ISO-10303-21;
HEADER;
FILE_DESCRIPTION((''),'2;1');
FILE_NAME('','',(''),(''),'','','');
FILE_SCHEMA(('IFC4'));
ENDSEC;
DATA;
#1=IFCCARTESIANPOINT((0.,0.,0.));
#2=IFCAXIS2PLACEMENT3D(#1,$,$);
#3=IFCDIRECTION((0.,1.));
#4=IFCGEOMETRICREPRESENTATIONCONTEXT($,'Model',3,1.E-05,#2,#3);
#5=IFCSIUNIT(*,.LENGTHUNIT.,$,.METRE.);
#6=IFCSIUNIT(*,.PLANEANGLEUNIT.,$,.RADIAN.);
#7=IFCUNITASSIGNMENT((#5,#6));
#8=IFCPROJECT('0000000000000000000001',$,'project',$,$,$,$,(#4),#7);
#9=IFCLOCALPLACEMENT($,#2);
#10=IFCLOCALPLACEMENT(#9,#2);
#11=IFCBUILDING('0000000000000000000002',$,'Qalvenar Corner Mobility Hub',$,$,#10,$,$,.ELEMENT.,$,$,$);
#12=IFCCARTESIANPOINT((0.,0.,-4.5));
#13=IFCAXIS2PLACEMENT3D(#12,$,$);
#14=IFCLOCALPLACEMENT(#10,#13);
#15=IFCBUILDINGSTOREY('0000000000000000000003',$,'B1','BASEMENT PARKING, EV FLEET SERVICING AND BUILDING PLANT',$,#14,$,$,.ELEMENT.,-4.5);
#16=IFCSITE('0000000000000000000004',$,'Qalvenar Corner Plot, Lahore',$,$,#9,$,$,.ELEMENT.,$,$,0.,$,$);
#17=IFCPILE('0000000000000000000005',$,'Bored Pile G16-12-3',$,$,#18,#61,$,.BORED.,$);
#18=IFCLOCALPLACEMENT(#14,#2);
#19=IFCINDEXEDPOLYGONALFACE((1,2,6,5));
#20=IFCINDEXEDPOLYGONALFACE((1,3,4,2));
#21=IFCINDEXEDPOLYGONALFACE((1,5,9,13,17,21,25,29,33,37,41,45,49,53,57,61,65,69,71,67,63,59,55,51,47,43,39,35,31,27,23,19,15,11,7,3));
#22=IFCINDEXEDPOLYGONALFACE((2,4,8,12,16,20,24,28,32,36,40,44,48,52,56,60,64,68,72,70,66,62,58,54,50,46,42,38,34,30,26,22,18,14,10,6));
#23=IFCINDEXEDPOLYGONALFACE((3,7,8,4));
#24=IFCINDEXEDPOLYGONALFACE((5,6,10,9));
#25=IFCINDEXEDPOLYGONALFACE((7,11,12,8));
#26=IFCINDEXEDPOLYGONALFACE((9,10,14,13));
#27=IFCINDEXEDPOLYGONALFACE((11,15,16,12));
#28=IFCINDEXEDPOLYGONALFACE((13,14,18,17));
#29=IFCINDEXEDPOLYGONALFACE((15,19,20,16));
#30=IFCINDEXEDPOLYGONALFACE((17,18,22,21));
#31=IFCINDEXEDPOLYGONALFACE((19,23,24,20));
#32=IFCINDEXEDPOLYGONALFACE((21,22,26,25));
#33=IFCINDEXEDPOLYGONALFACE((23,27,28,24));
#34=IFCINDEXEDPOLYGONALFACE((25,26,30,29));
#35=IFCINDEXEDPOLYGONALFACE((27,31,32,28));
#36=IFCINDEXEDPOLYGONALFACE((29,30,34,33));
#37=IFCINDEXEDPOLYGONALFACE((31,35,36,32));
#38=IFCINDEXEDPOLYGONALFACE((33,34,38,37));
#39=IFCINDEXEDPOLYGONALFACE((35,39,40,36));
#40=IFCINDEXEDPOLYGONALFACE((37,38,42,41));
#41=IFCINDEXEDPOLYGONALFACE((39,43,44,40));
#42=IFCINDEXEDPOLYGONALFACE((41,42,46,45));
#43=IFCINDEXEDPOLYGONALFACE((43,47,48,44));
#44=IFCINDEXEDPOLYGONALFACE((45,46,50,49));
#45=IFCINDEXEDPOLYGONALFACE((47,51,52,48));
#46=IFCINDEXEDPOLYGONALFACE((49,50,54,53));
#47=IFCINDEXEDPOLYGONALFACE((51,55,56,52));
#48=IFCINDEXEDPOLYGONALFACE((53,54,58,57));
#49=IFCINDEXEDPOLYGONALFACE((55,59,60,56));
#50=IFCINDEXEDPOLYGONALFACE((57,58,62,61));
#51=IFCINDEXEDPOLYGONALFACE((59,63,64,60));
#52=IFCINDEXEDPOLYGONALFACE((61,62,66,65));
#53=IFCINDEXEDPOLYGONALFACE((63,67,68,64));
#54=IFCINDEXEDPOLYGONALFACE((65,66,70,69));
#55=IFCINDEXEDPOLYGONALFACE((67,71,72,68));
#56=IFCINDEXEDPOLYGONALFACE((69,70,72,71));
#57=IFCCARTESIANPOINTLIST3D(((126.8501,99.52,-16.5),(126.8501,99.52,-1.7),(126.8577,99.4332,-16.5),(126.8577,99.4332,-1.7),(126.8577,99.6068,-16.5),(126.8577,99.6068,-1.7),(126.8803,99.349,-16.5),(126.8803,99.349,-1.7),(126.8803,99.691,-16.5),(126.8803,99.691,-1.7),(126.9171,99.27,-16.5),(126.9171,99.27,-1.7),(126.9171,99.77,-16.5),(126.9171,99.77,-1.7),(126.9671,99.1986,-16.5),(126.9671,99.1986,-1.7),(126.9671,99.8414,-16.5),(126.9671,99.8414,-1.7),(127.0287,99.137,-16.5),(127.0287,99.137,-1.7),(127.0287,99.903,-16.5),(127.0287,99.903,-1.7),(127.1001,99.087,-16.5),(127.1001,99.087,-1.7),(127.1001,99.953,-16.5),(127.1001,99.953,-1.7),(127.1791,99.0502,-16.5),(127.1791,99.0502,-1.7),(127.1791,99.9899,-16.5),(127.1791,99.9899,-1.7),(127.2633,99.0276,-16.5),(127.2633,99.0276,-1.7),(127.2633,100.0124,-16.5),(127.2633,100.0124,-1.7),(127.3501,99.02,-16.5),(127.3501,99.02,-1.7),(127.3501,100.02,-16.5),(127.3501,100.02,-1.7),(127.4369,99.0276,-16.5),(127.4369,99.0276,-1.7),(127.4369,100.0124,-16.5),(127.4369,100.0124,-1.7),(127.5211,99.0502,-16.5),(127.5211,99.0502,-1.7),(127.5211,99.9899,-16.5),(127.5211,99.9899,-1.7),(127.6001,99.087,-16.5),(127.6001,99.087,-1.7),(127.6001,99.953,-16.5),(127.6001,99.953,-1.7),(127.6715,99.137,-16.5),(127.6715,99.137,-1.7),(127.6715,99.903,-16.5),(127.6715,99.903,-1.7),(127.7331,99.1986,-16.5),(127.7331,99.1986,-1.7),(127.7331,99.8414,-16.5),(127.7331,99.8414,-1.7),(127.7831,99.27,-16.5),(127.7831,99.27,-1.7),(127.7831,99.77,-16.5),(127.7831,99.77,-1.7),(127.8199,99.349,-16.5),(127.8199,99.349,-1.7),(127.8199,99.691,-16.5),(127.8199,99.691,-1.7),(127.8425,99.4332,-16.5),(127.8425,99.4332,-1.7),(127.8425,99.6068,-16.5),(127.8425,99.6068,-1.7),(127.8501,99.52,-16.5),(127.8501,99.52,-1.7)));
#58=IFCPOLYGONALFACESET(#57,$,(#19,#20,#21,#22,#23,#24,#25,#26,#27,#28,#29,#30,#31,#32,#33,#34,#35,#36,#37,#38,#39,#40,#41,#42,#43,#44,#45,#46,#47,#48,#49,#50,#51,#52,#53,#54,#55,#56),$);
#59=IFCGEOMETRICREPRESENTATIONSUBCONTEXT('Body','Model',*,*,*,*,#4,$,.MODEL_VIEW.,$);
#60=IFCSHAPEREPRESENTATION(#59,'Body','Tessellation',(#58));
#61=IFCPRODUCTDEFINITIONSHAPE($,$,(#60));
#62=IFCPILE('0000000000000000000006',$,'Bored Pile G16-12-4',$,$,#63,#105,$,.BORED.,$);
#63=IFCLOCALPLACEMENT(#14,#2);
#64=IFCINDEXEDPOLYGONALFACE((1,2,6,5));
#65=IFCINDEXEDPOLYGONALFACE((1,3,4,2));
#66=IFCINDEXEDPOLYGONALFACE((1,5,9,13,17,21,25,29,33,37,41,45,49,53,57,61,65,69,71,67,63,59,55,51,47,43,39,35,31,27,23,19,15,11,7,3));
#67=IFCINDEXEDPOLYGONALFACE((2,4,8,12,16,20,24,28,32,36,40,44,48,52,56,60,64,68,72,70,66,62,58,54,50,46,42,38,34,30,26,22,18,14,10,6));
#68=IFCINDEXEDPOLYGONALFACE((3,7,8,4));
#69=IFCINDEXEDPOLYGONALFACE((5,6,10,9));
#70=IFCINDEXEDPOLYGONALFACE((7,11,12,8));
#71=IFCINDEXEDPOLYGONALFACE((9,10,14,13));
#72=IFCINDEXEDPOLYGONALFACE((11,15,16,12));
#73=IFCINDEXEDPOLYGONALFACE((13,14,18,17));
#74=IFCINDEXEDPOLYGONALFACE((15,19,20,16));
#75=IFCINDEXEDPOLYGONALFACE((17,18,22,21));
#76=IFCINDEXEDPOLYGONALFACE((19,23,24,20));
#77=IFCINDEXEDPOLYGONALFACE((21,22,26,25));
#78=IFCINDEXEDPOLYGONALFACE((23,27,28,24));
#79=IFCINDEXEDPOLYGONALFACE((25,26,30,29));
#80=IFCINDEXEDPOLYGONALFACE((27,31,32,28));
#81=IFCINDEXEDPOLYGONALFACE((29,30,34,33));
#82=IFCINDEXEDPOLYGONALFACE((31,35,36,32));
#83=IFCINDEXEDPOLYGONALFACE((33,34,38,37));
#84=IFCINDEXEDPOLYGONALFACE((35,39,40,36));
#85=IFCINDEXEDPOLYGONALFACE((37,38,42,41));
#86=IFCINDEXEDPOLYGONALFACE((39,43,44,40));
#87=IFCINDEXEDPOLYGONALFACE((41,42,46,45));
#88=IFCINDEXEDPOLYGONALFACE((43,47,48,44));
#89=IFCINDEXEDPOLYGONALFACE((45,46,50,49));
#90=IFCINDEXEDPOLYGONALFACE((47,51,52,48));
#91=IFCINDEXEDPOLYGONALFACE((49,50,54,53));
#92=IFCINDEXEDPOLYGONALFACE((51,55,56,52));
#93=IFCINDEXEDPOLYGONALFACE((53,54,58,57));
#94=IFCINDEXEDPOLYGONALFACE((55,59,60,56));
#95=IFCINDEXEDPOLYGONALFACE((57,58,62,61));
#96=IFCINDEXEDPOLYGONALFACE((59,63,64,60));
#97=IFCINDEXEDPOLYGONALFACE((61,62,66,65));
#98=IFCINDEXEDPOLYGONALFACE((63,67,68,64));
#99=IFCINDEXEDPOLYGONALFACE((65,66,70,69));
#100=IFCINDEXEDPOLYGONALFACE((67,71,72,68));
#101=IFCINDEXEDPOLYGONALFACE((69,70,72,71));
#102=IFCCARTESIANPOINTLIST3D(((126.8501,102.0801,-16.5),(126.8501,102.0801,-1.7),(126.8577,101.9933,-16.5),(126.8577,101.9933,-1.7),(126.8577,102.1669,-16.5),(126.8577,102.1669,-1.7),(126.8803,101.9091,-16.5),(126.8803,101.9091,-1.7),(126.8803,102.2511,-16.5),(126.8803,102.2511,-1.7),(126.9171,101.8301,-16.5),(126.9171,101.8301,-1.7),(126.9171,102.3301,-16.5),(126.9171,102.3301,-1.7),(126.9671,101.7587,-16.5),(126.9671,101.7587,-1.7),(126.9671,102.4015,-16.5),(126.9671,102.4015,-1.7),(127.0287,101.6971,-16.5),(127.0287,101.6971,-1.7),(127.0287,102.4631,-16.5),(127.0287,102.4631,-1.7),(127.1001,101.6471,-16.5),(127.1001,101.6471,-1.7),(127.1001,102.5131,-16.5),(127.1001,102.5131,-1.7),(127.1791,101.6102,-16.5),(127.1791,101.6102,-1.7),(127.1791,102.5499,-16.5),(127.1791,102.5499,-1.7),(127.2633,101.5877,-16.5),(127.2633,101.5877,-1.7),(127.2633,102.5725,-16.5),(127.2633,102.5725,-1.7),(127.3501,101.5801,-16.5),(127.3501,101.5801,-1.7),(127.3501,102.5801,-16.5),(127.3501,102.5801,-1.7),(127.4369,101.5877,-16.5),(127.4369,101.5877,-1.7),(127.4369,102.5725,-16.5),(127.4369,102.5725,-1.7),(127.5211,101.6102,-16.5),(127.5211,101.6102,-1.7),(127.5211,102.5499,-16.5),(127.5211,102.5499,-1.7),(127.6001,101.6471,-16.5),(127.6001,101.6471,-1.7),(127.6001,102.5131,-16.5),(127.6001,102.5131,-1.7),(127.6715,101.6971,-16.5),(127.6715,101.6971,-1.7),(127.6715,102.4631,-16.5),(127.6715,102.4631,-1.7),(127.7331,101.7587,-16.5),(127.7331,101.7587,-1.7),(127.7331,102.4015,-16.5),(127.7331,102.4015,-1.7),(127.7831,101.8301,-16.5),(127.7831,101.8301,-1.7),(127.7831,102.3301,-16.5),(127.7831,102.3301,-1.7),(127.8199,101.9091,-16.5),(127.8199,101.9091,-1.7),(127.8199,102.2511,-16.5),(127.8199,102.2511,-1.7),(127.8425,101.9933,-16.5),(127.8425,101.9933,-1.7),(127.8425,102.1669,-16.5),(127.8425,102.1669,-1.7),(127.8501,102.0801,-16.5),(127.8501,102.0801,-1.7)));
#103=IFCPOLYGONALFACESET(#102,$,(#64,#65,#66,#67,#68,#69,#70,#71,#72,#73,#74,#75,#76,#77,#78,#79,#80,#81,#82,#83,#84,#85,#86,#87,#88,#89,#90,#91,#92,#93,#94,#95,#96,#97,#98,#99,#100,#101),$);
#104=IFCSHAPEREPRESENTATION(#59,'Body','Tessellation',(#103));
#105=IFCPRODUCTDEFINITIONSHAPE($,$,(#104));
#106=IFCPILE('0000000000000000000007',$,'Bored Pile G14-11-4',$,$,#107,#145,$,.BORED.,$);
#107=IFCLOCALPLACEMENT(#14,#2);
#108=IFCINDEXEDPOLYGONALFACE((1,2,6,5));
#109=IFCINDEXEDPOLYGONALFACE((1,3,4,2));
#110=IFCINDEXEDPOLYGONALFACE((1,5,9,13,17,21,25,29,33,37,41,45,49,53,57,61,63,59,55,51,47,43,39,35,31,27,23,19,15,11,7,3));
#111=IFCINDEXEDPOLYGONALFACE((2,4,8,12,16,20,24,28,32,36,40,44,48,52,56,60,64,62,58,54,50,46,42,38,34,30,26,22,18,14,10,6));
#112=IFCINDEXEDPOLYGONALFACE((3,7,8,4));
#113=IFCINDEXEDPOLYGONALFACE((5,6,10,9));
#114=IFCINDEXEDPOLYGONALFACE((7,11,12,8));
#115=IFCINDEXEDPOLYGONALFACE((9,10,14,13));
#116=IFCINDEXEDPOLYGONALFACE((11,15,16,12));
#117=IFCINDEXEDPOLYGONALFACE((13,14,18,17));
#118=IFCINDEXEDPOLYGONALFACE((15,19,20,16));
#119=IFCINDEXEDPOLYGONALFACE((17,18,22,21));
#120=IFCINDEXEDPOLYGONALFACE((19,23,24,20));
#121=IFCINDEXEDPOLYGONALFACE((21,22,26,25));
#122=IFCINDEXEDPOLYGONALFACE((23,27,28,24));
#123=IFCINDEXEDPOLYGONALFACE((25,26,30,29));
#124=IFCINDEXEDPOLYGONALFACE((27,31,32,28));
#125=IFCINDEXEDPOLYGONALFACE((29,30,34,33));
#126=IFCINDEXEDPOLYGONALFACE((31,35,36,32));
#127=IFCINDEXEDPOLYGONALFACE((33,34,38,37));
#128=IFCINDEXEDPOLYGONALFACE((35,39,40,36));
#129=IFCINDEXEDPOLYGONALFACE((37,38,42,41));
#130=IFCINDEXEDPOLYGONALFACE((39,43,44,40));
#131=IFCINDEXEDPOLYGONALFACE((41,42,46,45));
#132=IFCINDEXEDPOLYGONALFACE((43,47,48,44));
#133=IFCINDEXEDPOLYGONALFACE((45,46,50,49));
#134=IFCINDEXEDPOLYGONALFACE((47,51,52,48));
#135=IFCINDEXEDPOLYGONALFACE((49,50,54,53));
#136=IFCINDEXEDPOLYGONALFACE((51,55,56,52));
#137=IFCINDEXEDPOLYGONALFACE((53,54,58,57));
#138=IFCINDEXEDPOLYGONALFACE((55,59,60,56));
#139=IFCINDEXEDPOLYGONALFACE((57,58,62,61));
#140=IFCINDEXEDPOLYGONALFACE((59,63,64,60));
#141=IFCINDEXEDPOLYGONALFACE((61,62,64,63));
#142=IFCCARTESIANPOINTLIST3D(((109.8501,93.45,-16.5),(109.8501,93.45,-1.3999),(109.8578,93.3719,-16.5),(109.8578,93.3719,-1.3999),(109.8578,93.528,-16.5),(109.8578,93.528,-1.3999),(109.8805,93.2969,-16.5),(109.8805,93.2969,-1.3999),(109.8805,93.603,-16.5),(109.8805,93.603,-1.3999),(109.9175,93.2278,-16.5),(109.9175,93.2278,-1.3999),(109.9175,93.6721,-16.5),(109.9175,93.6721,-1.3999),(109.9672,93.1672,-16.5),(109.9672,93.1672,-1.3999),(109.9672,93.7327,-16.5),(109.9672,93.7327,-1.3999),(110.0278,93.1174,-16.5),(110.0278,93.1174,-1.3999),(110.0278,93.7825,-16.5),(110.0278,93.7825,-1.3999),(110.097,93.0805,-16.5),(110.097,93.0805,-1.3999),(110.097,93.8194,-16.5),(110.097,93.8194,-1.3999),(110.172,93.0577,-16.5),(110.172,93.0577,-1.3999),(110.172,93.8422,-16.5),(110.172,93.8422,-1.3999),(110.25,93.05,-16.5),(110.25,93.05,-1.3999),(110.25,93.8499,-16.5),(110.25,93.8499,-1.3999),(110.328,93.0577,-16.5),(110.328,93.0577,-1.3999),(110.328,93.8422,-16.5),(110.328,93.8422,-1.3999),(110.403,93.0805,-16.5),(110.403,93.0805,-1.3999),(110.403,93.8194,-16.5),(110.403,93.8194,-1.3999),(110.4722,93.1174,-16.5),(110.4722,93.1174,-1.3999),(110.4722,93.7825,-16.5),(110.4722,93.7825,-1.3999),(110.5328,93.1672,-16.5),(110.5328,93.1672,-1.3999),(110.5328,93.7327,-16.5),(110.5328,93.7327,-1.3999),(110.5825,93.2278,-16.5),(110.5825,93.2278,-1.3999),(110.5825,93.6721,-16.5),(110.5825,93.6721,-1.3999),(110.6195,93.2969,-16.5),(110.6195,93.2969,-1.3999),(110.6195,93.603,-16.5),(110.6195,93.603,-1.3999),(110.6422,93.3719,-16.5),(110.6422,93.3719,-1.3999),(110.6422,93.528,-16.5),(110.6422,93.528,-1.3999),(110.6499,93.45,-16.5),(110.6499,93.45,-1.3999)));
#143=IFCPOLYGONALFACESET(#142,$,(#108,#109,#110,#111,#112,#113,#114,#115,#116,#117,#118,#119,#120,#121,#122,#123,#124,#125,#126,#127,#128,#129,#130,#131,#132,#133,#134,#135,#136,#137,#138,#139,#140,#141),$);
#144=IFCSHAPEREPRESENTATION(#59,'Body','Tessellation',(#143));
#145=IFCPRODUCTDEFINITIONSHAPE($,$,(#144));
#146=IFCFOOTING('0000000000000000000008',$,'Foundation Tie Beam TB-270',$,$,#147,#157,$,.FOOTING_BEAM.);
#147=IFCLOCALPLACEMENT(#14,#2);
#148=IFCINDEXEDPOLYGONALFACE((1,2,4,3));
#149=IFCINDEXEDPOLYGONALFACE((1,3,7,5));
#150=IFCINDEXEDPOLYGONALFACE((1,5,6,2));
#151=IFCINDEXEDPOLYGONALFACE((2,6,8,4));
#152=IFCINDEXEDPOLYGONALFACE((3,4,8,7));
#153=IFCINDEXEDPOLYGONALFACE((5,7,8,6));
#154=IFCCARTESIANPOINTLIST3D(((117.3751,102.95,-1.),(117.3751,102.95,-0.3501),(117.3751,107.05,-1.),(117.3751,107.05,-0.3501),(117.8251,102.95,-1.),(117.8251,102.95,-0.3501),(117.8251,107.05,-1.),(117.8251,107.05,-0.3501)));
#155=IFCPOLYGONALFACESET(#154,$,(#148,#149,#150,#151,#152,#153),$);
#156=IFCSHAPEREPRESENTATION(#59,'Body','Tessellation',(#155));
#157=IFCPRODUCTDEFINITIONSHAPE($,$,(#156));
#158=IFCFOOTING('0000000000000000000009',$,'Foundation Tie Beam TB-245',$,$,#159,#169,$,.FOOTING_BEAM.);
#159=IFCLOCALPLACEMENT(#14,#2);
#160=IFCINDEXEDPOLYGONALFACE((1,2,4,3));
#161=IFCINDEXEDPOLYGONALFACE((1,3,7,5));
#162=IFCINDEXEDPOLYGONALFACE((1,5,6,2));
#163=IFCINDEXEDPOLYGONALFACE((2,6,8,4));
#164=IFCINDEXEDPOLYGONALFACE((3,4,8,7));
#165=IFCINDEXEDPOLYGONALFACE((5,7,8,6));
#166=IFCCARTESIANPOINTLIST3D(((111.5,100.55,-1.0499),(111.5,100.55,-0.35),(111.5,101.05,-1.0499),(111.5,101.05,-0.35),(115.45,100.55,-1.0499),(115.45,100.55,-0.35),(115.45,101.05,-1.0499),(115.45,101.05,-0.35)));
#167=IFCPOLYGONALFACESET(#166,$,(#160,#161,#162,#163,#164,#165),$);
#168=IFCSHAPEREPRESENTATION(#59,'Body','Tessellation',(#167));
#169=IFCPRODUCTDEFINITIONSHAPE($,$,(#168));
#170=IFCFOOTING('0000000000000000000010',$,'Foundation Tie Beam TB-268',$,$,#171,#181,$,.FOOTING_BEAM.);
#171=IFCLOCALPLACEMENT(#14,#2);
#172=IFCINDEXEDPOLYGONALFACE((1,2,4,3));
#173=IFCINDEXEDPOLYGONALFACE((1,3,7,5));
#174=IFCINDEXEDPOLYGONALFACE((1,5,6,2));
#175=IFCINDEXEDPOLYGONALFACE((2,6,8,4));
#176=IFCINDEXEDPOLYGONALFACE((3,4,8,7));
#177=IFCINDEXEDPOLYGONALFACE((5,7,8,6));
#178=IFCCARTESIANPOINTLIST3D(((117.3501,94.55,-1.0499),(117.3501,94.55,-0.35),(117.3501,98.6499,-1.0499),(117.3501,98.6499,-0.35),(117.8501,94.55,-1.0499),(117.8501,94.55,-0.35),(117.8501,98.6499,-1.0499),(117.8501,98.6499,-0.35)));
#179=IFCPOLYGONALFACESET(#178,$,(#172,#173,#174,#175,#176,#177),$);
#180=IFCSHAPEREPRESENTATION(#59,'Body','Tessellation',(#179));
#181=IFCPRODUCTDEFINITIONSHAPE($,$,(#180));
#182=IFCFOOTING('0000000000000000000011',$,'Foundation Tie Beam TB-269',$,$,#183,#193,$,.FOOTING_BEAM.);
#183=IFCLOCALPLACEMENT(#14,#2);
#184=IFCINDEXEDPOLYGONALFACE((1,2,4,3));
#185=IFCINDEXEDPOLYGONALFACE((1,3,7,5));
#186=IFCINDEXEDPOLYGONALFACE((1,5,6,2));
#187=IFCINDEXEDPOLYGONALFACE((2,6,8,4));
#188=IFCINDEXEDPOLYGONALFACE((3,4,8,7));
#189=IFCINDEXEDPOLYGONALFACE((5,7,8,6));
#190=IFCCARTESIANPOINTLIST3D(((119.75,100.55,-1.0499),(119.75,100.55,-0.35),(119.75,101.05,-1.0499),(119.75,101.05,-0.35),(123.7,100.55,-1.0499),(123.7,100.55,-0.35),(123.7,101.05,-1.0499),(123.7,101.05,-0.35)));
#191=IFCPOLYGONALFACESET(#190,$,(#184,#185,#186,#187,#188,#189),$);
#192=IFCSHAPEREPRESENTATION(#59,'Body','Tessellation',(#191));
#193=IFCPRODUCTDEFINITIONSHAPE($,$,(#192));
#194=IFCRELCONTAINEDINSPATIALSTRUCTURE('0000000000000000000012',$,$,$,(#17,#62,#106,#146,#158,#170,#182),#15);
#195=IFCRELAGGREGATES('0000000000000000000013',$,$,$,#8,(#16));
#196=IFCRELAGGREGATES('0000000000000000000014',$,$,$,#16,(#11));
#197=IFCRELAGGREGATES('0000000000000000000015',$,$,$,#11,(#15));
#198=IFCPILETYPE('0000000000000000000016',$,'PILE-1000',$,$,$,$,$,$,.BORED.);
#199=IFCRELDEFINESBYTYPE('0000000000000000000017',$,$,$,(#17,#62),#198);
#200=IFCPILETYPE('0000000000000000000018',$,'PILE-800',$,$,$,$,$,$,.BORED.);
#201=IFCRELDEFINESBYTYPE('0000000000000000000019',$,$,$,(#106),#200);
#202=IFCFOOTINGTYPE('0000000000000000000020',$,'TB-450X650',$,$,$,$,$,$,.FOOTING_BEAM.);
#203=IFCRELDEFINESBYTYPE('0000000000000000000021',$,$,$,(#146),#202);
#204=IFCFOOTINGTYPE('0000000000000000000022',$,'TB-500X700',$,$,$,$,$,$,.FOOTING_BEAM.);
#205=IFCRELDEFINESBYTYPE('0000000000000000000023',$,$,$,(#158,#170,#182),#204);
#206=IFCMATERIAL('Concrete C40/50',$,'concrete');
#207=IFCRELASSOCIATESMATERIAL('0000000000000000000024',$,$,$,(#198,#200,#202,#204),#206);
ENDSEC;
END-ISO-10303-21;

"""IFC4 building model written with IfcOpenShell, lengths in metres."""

from ifc_helpers import new_model, si_unit, direction, frame, origin, origin_2d, place, context, subcontext, project, spatial, rectangle, circle, extrude, material, material_profile, profile_set, type_object, element, save


model = new_model("IFC4")

# Units and contexts
model_context = context("Model", 3, precision=1e-05, world=origin(), true_north=direction((0.0, 1.0)))
body_context = subcontext(model_context, "Body", "Model", "MODEL_VIEW")
ifc_project = project(units=[si_unit("LENGTHUNIT", "METRE"), si_unit("PLANEANGLEUNIT", "RADIAN")], contexts=[model_context])

# Site, building, storey
site_placement = place(None, origin())
site = spatial("IfcSite", under=ifc_project, at=site_placement, Name="Qalvenar Corner Plot, Lahore", CompositionType="ELEMENT", RefElevation=0.0)
building_placement = place(site_placement, origin())
building = spatial("IfcBuilding", under=site, at=building_placement, Name="Qalvenar Corner Mobility Hub", CompositionType="ELEMENT")
storey_placement = place(building_placement, frame((0.0, 0.0, -4.5)))
storey = spatial("IfcBuildingStorey", under=building, at=storey_placement, Name="B1", Description="BASEMENT PARKING, EV FLEET SERVICING AND BUILDING PLANT", CompositionType="ELEMENT", Elevation=-4.5)

# Shared definitions
ifc_material_1 = material(Name="Concrete C40/50", Category="concrete")

# Piles
ifc_material_profile_1 = material_profile(ifc_material_1, circle(Radius=0.5, at=origin_2d()), Name="DIA1000")
ifc_profile_set_1 = profile_set([ifc_material_profile_1], Name="Concrete C40/50")
pile_type_1 = type_object("IfcPileType", Name="PILE-1000", PredefinedType="BORED", material=ifc_profile_set_1)
for number, where, z_axis, x_axis, name in (
    (1, (127.3501, 99.52, -1.7), (0.0, 0.0, -1.0), (1.0, 0.0, 0.0), "Bored Pile G16-12-3"),
    (2, (127.3501, 102.0801, -1.7), (0.0, 0.0, -1.0), (1.0, 0.0, 0.0), "Bored Pile G16-12-4"),
):
    element("IfcPile", number, at=place(storey_placement, frame(where, z_axis=z_axis, x_axis=x_axis)), inside=storey, type_object=pile_type_1, Name=name, PredefinedType="BORED", context=body_context, shape_type="SweptSolid", body=[
        extrude(circle(Radius=0.5, at=origin_2d()), origin(), (0.0, 0.0, 1.0), 14.8),
    ])
ifc_material_profile_2 = material_profile(ifc_material_1, circle(Radius=0.3999, at=origin_2d()), Name="DIA800")
ifc_profile_set_2 = profile_set([ifc_material_profile_2], Name="Concrete C40/50")
pile_type_2 = type_object("IfcPileType", Name="PILE-800", PredefinedType="BORED", material=ifc_profile_set_2)
pile_placement = place(storey_placement, frame((110.25, 93.45, -1.3999), z_axis=(0.0, 0.0, -1.0), x_axis=(1.0, 0.0, 0.0)))
element("IfcPile", 3, at=pile_placement, inside=storey, type_object=pile_type_2, Name="Bored Pile G14-11-4", PredefinedType="BORED", context=body_context, shape_type="SweptSolid", body=[
    extrude(circle(Radius=0.3999, at=origin_2d()), origin(), (0.0, 0.0, 1.0), 15.1001),
])

# Footings
ifc_material_profile_3 = material_profile(ifc_material_1, rectangle(XDim=0.45, YDim=0.6499, at=origin_2d()), Name="RC450x650")
ifc_profile_set_3 = profile_set([ifc_material_profile_3], Name="Concrete C40/50")
footing_type_1 = type_object("IfcFootingType", Name="TB-450X650", PredefinedType="FOOTING_BEAM", material=ifc_profile_set_3)
footing_1_placement = place(storey_placement, frame((117.6001, 102.95, -0.675), z_axis=(0.0, 1.0, 0.0), x_axis=(-1.0, 0.0, 0.0)))
element("IfcFooting", 4, at=footing_1_placement, inside=storey, type_object=footing_type_1, Name="Foundation Tie Beam TB-270", PredefinedType="FOOTING_BEAM", context=body_context, shape_type="SweptSolid", body=[
    extrude(rectangle(XDim=0.45, YDim=0.6499, at=origin_2d()), origin(), (0.0, 0.0, 1.0), 4.1001),
])
ifc_material_profile_4 = material_profile(ifc_material_1, rectangle(XDim=0.5, YDim=0.7, at=origin_2d()), Name="RC500x700")
ifc_profile_set_4 = profile_set([ifc_material_profile_4], Name="Concrete C40/50")
footing_type_2 = type_object("IfcFootingType", Name="TB-500X700", PredefinedType="FOOTING_BEAM", material=ifc_profile_set_4)
footing_2_placement = place(storey_placement, frame((111.5, 100.8, -0.7), z_axis=(1.0, 0.0, 0.0), x_axis=(0.0, 1.0, 0.0)))
element("IfcFooting", 5, at=footing_2_placement, inside=storey, type_object=footing_type_2, Name="Foundation Tie Beam TB-245", PredefinedType="FOOTING_BEAM", context=body_context, shape_type="SweptSolid", body=[
    extrude(rectangle(XDim=0.5, YDim=0.7, at=origin_2d()), origin(), (0.0, 0.0, 1.0), 3.95),
])
footing_3_placement = place(storey_placement, frame((117.6001, 94.55, -0.7), z_axis=(0.0, 1.0, 0.0), x_axis=(-1.0, 0.0, 0.0)))
element("IfcFooting", 6, at=footing_3_placement, inside=storey, type_object=footing_type_2, Name="Foundation Tie Beam TB-268", PredefinedType="FOOTING_BEAM", context=body_context, shape_type="SweptSolid", body=[
    extrude(rectangle(XDim=0.5, YDim=0.7, at=origin_2d()), origin(), (0.0, 0.0, 1.0), 4.0999),
])
footing_4_placement = place(storey_placement, frame((119.75, 100.8, -0.7), z_axis=(1.0, 0.0, 0.0), x_axis=(0.0, 1.0, 0.0)))
element("IfcFooting", 7, at=footing_4_placement, inside=storey, type_object=footing_type_2, Name="Foundation Tie Beam TB-269", PredefinedType="FOOTING_BEAM", context=body_context, shape_type="SweptSolid", body=[
    extrude(rectangle(XDim=0.5, YDim=0.7, at=origin_2d()), origin(), (0.0, 0.0, 1.0), 3.95),
])

save(model, "model.ifc")
